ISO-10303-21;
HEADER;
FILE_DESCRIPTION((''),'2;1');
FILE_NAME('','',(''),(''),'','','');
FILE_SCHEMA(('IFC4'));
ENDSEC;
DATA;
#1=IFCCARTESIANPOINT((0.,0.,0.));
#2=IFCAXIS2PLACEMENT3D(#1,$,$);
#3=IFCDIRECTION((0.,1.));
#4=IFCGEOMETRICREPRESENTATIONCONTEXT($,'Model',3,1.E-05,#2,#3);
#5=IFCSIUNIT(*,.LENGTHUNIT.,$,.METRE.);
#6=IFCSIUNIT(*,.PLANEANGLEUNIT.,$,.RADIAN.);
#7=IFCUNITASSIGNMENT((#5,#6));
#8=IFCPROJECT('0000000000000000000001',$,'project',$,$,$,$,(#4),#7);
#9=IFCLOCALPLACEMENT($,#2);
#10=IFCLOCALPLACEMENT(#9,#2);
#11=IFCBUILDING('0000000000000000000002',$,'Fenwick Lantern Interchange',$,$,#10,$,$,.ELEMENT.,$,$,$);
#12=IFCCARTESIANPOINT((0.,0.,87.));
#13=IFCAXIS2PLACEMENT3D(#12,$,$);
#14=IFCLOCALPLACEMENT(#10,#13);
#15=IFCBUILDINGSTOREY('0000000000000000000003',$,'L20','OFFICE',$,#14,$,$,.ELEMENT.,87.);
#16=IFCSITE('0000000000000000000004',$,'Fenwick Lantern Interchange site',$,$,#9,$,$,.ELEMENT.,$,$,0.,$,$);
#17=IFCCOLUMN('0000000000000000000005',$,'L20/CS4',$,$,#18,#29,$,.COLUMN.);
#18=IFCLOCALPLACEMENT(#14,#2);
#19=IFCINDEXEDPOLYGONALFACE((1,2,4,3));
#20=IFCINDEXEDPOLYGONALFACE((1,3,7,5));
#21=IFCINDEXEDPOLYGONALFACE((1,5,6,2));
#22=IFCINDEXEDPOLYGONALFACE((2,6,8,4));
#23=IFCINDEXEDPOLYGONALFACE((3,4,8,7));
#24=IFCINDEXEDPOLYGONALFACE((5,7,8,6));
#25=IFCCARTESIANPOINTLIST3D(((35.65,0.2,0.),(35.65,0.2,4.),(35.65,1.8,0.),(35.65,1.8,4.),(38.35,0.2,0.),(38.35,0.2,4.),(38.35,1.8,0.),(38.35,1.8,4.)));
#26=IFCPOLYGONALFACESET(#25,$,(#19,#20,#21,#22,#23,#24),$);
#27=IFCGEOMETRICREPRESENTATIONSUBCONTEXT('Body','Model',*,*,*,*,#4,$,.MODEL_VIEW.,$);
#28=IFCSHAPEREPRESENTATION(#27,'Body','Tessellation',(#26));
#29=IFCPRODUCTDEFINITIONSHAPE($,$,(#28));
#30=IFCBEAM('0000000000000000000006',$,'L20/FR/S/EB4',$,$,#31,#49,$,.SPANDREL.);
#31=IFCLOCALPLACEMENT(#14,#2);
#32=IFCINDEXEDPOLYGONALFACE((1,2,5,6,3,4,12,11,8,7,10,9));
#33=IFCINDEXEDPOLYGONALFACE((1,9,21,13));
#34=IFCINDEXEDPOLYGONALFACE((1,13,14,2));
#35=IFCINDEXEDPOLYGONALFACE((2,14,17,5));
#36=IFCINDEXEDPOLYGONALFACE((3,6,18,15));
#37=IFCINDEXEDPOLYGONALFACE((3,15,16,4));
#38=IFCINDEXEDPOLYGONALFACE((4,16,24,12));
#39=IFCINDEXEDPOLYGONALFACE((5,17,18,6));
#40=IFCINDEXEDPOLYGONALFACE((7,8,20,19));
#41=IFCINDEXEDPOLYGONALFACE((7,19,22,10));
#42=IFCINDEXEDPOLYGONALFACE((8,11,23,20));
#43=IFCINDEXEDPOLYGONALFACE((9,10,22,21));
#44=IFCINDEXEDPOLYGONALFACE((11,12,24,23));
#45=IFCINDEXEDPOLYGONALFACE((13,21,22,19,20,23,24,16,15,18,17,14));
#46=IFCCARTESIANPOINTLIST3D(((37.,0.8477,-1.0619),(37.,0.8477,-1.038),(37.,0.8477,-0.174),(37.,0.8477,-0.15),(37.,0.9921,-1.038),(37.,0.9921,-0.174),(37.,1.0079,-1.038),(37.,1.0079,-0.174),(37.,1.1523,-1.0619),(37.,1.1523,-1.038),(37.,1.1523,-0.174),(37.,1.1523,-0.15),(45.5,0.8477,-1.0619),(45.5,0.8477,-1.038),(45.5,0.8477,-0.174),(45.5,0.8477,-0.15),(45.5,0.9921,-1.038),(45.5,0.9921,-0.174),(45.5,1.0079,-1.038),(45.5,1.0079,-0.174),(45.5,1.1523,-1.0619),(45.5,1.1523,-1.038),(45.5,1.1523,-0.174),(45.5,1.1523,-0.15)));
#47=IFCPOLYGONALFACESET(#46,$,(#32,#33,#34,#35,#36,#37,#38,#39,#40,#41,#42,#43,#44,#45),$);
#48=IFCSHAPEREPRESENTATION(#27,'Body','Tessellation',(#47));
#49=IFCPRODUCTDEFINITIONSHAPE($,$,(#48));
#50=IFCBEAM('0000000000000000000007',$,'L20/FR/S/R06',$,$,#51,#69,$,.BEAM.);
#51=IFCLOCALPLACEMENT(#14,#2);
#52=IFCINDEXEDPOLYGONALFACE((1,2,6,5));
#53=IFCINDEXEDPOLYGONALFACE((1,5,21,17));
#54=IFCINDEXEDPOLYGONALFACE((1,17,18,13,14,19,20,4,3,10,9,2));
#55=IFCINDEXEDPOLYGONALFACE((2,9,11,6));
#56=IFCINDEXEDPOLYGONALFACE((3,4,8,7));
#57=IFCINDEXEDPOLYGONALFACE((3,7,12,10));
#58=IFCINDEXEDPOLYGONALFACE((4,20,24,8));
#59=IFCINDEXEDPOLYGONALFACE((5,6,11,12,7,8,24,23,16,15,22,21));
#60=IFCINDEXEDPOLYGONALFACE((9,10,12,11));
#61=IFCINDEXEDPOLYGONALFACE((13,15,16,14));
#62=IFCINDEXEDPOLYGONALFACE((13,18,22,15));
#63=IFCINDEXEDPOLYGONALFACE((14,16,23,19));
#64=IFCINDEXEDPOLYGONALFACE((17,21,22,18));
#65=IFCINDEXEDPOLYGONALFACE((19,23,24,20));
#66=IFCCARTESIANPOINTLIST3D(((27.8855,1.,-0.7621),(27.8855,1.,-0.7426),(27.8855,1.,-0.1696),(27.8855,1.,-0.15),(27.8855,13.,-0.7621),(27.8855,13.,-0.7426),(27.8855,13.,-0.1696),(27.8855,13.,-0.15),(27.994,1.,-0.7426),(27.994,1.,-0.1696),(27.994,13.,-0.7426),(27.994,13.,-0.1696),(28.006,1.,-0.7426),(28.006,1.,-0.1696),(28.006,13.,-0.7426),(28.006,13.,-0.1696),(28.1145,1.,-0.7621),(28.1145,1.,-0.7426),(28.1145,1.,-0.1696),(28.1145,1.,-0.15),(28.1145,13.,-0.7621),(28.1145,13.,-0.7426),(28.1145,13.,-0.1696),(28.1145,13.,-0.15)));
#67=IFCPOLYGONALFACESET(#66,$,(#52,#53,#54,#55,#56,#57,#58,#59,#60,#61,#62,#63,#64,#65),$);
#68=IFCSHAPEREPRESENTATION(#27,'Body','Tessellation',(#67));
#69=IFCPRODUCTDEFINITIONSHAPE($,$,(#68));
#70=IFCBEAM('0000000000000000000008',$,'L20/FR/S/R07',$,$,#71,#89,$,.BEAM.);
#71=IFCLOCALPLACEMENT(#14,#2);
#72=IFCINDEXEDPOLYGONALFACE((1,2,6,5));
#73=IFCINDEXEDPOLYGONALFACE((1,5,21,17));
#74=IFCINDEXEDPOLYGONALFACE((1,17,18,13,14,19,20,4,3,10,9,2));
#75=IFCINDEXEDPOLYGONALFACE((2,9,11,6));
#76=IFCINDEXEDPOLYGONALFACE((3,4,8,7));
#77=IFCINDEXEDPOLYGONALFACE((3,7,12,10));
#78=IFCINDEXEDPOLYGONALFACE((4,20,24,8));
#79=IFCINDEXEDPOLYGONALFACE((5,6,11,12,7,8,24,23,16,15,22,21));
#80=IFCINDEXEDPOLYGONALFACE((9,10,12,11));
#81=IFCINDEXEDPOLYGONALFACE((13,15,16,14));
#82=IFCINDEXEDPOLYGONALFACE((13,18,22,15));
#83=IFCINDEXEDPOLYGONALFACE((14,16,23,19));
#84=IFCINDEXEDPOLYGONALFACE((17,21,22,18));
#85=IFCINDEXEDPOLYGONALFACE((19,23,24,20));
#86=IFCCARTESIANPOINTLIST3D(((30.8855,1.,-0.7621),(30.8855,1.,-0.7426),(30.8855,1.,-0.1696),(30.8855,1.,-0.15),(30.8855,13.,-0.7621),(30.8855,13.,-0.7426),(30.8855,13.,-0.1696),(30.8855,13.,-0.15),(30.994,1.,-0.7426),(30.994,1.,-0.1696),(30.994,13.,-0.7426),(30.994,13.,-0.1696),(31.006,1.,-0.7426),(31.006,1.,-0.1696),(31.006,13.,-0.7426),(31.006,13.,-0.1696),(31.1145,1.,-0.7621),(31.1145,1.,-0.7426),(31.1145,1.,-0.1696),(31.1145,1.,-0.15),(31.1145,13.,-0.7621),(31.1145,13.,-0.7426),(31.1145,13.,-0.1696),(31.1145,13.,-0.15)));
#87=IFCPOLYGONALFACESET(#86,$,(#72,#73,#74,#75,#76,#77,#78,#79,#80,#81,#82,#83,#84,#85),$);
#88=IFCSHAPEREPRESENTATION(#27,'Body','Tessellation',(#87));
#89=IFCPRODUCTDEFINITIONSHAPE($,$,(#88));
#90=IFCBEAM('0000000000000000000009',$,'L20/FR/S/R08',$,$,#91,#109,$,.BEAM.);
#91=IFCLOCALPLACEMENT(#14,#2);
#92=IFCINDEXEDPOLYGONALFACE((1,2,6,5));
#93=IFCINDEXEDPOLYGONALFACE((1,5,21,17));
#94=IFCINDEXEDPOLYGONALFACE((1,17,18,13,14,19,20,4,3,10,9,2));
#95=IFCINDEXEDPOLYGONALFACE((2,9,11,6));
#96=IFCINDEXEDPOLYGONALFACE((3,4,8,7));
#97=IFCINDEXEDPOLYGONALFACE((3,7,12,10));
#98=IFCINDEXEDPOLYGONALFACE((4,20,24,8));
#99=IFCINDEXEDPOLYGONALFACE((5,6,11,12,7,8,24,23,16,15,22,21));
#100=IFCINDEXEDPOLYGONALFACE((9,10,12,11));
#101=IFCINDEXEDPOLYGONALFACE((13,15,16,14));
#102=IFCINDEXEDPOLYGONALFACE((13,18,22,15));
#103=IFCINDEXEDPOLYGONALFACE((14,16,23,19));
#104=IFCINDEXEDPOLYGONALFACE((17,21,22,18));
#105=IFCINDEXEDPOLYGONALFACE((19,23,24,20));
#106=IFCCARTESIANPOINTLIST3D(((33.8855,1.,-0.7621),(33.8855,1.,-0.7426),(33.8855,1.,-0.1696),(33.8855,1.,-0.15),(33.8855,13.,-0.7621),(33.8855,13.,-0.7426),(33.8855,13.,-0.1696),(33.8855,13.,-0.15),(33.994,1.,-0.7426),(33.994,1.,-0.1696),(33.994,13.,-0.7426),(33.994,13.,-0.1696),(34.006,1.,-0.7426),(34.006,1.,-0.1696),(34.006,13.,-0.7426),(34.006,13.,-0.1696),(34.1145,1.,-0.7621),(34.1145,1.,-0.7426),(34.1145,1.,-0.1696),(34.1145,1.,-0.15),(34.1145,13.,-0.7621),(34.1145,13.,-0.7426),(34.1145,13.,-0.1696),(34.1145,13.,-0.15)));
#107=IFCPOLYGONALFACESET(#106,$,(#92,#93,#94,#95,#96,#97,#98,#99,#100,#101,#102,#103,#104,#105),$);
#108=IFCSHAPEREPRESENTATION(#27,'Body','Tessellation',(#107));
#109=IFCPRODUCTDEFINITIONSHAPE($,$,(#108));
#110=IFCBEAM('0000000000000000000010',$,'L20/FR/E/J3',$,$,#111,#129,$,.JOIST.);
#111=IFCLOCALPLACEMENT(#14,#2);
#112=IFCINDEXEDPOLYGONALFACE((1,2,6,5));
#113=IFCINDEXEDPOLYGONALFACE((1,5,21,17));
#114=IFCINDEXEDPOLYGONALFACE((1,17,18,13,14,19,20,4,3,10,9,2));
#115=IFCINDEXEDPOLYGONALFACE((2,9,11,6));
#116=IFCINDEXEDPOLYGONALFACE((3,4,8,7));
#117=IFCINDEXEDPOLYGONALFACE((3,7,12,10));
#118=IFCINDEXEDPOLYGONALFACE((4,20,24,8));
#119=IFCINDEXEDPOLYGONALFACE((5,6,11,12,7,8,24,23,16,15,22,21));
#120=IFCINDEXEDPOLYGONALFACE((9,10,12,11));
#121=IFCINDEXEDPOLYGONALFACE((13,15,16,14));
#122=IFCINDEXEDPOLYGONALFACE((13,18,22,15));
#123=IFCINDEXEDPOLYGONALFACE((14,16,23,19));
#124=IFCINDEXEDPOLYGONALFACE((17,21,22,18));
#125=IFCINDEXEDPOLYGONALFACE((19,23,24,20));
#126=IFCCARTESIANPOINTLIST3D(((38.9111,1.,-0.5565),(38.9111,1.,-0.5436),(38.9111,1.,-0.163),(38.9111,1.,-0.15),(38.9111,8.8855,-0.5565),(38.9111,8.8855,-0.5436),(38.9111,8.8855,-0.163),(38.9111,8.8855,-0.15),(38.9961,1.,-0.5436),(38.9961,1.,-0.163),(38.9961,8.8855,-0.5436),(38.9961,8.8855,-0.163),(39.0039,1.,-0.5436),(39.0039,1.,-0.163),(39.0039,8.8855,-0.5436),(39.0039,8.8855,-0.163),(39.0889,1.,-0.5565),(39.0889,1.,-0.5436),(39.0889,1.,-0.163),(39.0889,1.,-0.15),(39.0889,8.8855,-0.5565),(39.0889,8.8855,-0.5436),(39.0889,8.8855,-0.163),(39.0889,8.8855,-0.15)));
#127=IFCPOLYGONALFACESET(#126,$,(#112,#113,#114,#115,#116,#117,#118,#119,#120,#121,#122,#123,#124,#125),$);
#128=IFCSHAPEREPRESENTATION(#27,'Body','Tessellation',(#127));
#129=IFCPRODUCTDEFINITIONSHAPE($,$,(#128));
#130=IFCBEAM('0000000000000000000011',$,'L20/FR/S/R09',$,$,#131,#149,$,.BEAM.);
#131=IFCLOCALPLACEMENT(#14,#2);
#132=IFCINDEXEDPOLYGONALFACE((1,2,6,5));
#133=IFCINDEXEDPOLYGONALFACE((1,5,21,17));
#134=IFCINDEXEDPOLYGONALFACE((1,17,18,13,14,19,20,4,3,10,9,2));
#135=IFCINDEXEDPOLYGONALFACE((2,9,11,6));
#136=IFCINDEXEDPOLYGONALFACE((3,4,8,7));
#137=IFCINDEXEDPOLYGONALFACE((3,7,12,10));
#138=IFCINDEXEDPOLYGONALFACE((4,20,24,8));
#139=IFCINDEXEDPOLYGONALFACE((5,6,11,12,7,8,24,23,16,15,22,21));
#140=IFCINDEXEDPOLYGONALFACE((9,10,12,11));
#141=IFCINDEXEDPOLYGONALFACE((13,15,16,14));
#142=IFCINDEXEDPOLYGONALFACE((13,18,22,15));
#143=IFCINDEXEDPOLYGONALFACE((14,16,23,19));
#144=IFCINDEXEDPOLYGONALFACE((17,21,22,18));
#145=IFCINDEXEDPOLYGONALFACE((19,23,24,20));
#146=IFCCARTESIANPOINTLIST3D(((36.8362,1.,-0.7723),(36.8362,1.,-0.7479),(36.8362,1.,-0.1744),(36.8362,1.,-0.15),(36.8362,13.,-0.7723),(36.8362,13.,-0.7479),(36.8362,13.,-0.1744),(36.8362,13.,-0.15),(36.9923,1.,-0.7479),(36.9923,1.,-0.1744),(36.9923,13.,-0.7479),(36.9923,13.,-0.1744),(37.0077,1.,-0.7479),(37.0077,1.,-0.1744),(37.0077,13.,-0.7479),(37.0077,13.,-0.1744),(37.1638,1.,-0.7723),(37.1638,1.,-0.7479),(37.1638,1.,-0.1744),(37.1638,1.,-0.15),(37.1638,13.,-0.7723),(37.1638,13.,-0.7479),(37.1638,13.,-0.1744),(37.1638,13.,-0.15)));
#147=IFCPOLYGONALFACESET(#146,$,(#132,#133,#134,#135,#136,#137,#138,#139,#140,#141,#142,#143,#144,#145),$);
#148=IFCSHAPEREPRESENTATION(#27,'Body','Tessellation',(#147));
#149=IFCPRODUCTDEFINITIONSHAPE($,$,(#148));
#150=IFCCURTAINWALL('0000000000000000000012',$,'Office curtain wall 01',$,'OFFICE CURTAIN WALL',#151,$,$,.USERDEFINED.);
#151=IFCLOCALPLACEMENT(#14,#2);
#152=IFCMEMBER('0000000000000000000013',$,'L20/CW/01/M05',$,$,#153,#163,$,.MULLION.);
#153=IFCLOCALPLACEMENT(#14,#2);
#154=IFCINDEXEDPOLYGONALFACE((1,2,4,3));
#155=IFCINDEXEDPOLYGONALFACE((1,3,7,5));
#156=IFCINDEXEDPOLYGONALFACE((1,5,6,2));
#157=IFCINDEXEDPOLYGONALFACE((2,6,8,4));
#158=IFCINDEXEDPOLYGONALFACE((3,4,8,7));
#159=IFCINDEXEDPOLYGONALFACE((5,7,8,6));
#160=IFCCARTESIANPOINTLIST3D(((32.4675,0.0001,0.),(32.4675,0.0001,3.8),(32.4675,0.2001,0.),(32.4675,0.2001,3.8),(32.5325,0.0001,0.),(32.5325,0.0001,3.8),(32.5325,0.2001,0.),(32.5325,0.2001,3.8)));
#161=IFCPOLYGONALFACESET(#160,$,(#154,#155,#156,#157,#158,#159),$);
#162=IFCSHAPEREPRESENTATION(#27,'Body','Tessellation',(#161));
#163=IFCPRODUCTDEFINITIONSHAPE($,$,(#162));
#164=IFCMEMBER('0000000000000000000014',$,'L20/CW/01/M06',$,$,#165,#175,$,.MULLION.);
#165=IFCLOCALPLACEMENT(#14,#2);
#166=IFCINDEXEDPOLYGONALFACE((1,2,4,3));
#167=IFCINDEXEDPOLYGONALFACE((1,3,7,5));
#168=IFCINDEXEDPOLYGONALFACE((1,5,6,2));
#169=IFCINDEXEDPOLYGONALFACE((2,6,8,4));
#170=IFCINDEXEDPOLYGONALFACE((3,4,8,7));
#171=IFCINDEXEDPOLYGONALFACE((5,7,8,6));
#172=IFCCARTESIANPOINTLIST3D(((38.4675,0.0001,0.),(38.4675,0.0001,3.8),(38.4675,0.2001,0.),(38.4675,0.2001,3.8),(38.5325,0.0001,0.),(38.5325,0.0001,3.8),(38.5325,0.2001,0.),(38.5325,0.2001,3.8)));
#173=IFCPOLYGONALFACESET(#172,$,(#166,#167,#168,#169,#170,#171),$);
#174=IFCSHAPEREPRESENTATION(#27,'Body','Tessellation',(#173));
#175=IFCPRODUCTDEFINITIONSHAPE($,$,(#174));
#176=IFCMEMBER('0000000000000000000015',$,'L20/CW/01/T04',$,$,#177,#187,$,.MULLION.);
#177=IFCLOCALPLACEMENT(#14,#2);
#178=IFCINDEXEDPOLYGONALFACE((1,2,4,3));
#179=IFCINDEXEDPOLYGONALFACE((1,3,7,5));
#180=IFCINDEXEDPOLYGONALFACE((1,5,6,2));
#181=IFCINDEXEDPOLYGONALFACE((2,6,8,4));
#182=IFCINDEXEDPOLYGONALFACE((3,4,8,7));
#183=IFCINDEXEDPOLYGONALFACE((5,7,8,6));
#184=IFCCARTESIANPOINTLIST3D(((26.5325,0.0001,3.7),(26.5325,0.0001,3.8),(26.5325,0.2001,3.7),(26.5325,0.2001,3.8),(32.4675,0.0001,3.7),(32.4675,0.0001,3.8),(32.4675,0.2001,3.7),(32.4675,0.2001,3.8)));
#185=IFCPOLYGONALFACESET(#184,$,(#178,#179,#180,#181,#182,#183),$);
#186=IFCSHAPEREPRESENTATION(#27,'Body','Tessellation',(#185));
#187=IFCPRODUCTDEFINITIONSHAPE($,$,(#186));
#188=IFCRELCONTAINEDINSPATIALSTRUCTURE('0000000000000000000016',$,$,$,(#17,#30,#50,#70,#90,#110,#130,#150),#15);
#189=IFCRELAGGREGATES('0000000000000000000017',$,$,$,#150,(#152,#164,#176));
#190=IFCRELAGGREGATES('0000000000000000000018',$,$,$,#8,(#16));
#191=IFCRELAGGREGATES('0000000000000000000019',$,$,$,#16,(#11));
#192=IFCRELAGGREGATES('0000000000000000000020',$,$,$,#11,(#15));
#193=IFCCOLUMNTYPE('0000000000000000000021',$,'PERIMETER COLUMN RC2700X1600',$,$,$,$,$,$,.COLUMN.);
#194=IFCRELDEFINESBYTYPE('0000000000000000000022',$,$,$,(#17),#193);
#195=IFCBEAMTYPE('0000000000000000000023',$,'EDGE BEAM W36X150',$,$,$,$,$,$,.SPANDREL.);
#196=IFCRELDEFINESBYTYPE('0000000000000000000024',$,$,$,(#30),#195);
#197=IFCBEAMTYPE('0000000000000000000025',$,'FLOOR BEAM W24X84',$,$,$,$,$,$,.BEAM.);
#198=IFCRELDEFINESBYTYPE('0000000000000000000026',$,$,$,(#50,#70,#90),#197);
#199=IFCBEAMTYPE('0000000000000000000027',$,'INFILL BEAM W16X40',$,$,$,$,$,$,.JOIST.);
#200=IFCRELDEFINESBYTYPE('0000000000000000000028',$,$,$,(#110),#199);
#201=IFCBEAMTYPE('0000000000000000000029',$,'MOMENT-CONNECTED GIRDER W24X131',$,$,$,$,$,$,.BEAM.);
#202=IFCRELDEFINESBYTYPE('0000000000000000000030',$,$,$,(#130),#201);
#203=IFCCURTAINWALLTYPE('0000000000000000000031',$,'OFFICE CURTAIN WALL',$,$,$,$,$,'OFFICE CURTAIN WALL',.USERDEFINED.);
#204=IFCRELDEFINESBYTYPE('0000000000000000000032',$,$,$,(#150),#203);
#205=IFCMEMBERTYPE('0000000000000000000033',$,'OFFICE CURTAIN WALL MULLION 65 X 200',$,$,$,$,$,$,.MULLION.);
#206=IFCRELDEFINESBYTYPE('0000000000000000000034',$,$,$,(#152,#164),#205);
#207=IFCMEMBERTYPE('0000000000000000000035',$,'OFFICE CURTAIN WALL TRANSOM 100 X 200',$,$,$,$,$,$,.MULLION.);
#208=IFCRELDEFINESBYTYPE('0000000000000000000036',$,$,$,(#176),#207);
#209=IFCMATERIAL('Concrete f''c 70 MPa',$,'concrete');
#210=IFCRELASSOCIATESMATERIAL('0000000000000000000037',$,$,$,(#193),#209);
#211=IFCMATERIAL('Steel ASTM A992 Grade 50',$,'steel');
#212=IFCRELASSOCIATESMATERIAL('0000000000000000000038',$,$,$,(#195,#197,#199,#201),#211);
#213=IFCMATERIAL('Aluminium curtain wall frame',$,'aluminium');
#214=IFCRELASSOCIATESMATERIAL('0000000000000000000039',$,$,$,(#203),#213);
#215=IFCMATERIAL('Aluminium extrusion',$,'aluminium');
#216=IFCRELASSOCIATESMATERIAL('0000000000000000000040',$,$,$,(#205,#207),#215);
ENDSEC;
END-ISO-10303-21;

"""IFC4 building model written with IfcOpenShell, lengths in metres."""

from ifc_helpers import new_model, si_unit, direction, frame, origin, origin_2d, place, context, subcontext, project, spatial, rectangle, i_section, extrude, material, material_profile, profile_set, type_object, element, aggregate, save


model = new_model("IFC4")

# Units and contexts
model_context = context("Model", 3, precision=1e-05, world=origin(), true_north=direction((0.0, 1.0)))
body_context = subcontext(model_context, "Body", "Model", "MODEL_VIEW")
ifc_project = project(units=[si_unit("LENGTHUNIT", "METRE"), si_unit("PLANEANGLEUNIT", "RADIAN")], contexts=[model_context])

# Site, building, storey
site_placement = place(None, origin())
site = spatial("IfcSite", under=ifc_project, at=site_placement, Name="Fenwick Lantern Interchange site", CompositionType="ELEMENT", RefElevation=0.0)
building_placement = place(site_placement, origin())
building = spatial("IfcBuilding", under=site, at=building_placement, Name="Fenwick Lantern Interchange", CompositionType="ELEMENT")
storey_placement = place(building_placement, frame((0.0, 0.0, 87.0)))
storey = spatial("IfcBuildingStorey", under=building, at=storey_placement, Name="L20", Description="OFFICE", CompositionType="ELEMENT", Elevation=87.0)

# Column
ifc_material_1 = material(Name="Concrete f'c 70 MPa", Category="concrete")
ifc_material_profile_1 = material_profile(ifc_material_1, rectangle(XDim=2.7, YDim=1.6001, at=origin_2d()), Name="RC2700X1600")
ifc_profile_set_1 = profile_set([ifc_material_profile_1], Name="Concrete f'c 70 MPa")
column_type = type_object("IfcColumnType", Name="PERIMETER COLUMN RC2700X1600", PredefinedType="COLUMN", material=ifc_profile_set_1)
column_placement = place(storey_placement, frame((37.0, 1.0, 0.0), z_axis=(0.0, 0.0, 1.0), x_axis=(1.0, 0.0, 0.0)))
element("IfcColumn", 1, at=column_placement, inside=storey, type_object=column_type, Name="L20/CS4", PredefinedType="COLUMN", context=body_context, shape_type="SweptSolid", body=[
    extrude(rectangle(XDim=2.7, YDim=1.6001, at=origin_2d()), origin(), (0.0, 0.0, 1.0), 4.0),
])

# Beams
ifc_material_2 = material(Name="Steel ASTM A992 Grade 50", Category="steel")
ifc_material_profile_2 = material_profile(ifc_material_2, i_section(OverallWidth=0.3047, OverallDepth=0.9119, WebThickness=0.0159, FlangeThickness=0.0239, at=origin_2d()), Name="W36X150")
ifc_profile_set_2 = profile_set([ifc_material_profile_2], Name="Steel ASTM A992 Grade 50")
beam_type_1 = type_object("IfcBeamType", Name="EDGE BEAM W36X150", PredefinedType="SPANDREL", material=ifc_profile_set_2)
beam_1_placement = place(storey_placement, frame((37.0, 1.0, -0.606), z_axis=(1.0, 0.0, 0.0), x_axis=(0.0, 1.0, 0.0)))
element("IfcBeam", 2, at=beam_1_placement, inside=storey, type_object=beam_type_1, Name="L20/FR/S/EB4", PredefinedType="SPANDREL", context=body_context, shape_type="SweptSolid", body=[
    extrude(i_section(OverallWidth=0.3047, OverallDepth=0.9119, WebThickness=0.0159, FlangeThickness=0.0239, at=origin_2d()), origin(), (0.0, 0.0, 1.0), 8.5),
])
ifc_material_profile_3 = material_profile(ifc_material_2, i_section(OverallWidth=0.229, OverallDepth=0.6121, WebThickness=0.012, FlangeThickness=0.0195, at=origin_2d()), Name="W24X84")
ifc_profile_set_3 = profile_set([ifc_material_profile_3], Name="Steel ASTM A992 Grade 50")
beam_type_2 = type_object("IfcBeamType", Name="FLOOR BEAM W24X84", PredefinedType="BEAM", material=ifc_profile_set_3)
for number, where, z_axis, x_axis, name in (
    (3, (28.0, 1.0, -0.4561), (0.0, 1.0, 0.0), (-1.0, 0.0, 0.0), "L20/FR/S/R06"),
    (4, (31.0, 1.0, -0.4561), (0.0, 1.0, 0.0), (-1.0, 0.0, 0.0), "L20/FR/S/R07"),
    (5, (34.0, 1.0, -0.4561), (0.0, 1.0, 0.0), (-1.0, 0.0, 0.0), "L20/FR/S/R08"),
):
    element("IfcBeam", number, at=place(storey_placement, frame(where, z_axis=z_axis, x_axis=x_axis)), inside=storey, type_object=beam_type_2, Name=name, PredefinedType="BEAM", context=body_context, shape_type="SweptSolid", body=[
        extrude(i_section(OverallWidth=0.229, OverallDepth=0.6121, WebThickness=0.012, FlangeThickness=0.0195, at=origin_2d()), origin(), (0.0, 0.0, 1.0), 12.0),
    ])
ifc_material_profile_4 = material_profile(ifc_material_2, i_section(OverallWidth=0.1777, OverallDepth=0.4065, WebThickness=0.0078, FlangeThickness=0.0129, at=origin_2d()), Name="W16X40")
ifc_profile_set_4 = profile_set([ifc_material_profile_4], Name="Steel ASTM A992 Grade 50")
beam_type_3 = type_object("IfcBeamType", Name="INFILL BEAM W16X40", PredefinedType="JOIST", material=ifc_profile_set_4)
beam_2_placement = place(storey_placement, frame((39.0, 1.0, -0.3533), z_axis=(0.0, 1.0, 0.0), x_axis=(-1.0, 0.0, 0.0)))
element("IfcBeam", 6, at=beam_2_placement, inside=storey, type_object=beam_type_3, Name="L20/FR/E/J3", PredefinedType="JOIST", context=body_context, shape_type="SweptSolid", body=[
    extrude(i_section(OverallWidth=0.1777, OverallDepth=0.4065, WebThickness=0.0078, FlangeThickness=0.0129, at=origin_2d()), origin(), (0.0, 0.0, 1.0), 7.8855),
])
ifc_material_profile_5 = material_profile(ifc_material_2, i_section(OverallWidth=0.3276, OverallDepth=0.6223, WebThickness=0.0154, FlangeThickness=0.0244, at=origin_2d()), Name="W24X131")
ifc_profile_set_5 = profile_set([ifc_material_profile_5], Name="Steel ASTM A992 Grade 50")
beam_type_4 = type_object("IfcBeamType", Name="MOMENT-CONNECTED GIRDER W24X131", PredefinedType="BEAM", material=ifc_profile_set_5)
beam_3_placement = place(storey_placement, frame((37.0, 1.0, -0.4612), z_axis=(0.0, 1.0, 0.0), x_axis=(-1.0, 0.0, 0.0)))
element("IfcBeam", 7, at=beam_3_placement, inside=storey, type_object=beam_type_4, Name="L20/FR/S/R09", PredefinedType="BEAM", context=body_context, shape_type="SweptSolid", body=[
    extrude(i_section(OverallWidth=0.3276, OverallDepth=0.6223, WebThickness=0.0154, FlangeThickness=0.0244, at=origin_2d()), origin(), (0.0, 0.0, 1.0), 12.0),
])

# Curtain wall, members
ifc_material_3 = material(Name="Aluminium curtain wall frame", Category="aluminium")
curtain_wall_type = type_object("IfcCurtainWallType", Name="OFFICE CURTAIN WALL", ElementType="OFFICE CURTAIN WALL", PredefinedType="USERDEFINED", material=ifc_material_3)
curtain_wall_placement = place(storey_placement, origin())
curtain_wall = element("IfcCurtainWall", 8, at=curtain_wall_placement, inside=storey, type_object=curtain_wall_type, Name="Office curtain wall 01", ObjectType="OFFICE CURTAIN WALL", PredefinedType="USERDEFINED")
ifc_material_4 = material(Name="Aluminium extrusion", Category="aluminium")
ifc_material_profile_6 = material_profile(ifc_material_4, rectangle(XDim=0.2, YDim=0.0649, at=origin_2d()), Name="OFFICE CURTAIN WALL MULLION 65 X 200")
ifc_profile_set_6 = profile_set([ifc_material_profile_6], Name="Aluminium extrusion")
member_type_1 = type_object("IfcMemberType", Name="OFFICE CURTAIN WALL MULLION 65 X 200", PredefinedType="MULLION", material=ifc_profile_set_6)
member_1_placement = place(storey_placement, frame((32.5, 0.1001, 0.0), z_axis=(0.0, 0.0, 1.0), x_axis=(0.0, 1.0, 0.0)))
member_1 = element("IfcMember", 9, at=member_1_placement, type_object=member_type_1, Name="L20/CW/01/M05", PredefinedType="MULLION", context=body_context, shape_type="SweptSolid", body=[
    extrude(rectangle(XDim=0.2, YDim=0.0649, at=origin_2d()), origin(), (0.0, 0.0, 1.0), 3.8),
])
member_2_placement = place(storey_placement, frame((38.5, 0.1001, 0.0), z_axis=(0.0, 0.0, 1.0), x_axis=(0.0, 1.0, 0.0)))
member_2 = element("IfcMember", 10, at=member_2_placement, type_object=member_type_1, Name="L20/CW/01/M06", PredefinedType="MULLION", context=body_context, shape_type="SweptSolid", body=[
    extrude(rectangle(XDim=0.2, YDim=0.0649, at=origin_2d()), origin(), (0.0, 0.0, 1.0), 3.8),
])
ifc_material_profile_7 = material_profile(ifc_material_4, rectangle(XDim=0.2, YDim=0.1001, at=origin_2d()), Name="OFFICE CURTAIN WALL TRANSOM 100 X 200")
ifc_profile_set_7 = profile_set([ifc_material_profile_7], Name="Aluminium extrusion")
member_type_2 = type_object("IfcMemberType", Name="OFFICE CURTAIN WALL TRANSOM 100 X 200", PredefinedType="MULLION", material=ifc_profile_set_7)
member_3_placement = place(storey_placement, frame((26.5325, 0.1001, 3.75), z_axis=(1.0, 0.0, 0.0), x_axis=(0.0, 1.0, 0.0)))
member_3 = element("IfcMember", 11, at=member_3_placement, type_object=member_type_2, Name="L20/CW/01/T04", PredefinedType="MULLION", context=body_context, shape_type="SweptSolid", body=[
    extrude(rectangle(XDim=0.2, YDim=0.1001, at=origin_2d()), origin(), (0.0, 0.0, 1.0), 5.9351),
])
aggregate(curtain_wall, [member_1, member_2, member_3])

save(model, "model.ifc")
